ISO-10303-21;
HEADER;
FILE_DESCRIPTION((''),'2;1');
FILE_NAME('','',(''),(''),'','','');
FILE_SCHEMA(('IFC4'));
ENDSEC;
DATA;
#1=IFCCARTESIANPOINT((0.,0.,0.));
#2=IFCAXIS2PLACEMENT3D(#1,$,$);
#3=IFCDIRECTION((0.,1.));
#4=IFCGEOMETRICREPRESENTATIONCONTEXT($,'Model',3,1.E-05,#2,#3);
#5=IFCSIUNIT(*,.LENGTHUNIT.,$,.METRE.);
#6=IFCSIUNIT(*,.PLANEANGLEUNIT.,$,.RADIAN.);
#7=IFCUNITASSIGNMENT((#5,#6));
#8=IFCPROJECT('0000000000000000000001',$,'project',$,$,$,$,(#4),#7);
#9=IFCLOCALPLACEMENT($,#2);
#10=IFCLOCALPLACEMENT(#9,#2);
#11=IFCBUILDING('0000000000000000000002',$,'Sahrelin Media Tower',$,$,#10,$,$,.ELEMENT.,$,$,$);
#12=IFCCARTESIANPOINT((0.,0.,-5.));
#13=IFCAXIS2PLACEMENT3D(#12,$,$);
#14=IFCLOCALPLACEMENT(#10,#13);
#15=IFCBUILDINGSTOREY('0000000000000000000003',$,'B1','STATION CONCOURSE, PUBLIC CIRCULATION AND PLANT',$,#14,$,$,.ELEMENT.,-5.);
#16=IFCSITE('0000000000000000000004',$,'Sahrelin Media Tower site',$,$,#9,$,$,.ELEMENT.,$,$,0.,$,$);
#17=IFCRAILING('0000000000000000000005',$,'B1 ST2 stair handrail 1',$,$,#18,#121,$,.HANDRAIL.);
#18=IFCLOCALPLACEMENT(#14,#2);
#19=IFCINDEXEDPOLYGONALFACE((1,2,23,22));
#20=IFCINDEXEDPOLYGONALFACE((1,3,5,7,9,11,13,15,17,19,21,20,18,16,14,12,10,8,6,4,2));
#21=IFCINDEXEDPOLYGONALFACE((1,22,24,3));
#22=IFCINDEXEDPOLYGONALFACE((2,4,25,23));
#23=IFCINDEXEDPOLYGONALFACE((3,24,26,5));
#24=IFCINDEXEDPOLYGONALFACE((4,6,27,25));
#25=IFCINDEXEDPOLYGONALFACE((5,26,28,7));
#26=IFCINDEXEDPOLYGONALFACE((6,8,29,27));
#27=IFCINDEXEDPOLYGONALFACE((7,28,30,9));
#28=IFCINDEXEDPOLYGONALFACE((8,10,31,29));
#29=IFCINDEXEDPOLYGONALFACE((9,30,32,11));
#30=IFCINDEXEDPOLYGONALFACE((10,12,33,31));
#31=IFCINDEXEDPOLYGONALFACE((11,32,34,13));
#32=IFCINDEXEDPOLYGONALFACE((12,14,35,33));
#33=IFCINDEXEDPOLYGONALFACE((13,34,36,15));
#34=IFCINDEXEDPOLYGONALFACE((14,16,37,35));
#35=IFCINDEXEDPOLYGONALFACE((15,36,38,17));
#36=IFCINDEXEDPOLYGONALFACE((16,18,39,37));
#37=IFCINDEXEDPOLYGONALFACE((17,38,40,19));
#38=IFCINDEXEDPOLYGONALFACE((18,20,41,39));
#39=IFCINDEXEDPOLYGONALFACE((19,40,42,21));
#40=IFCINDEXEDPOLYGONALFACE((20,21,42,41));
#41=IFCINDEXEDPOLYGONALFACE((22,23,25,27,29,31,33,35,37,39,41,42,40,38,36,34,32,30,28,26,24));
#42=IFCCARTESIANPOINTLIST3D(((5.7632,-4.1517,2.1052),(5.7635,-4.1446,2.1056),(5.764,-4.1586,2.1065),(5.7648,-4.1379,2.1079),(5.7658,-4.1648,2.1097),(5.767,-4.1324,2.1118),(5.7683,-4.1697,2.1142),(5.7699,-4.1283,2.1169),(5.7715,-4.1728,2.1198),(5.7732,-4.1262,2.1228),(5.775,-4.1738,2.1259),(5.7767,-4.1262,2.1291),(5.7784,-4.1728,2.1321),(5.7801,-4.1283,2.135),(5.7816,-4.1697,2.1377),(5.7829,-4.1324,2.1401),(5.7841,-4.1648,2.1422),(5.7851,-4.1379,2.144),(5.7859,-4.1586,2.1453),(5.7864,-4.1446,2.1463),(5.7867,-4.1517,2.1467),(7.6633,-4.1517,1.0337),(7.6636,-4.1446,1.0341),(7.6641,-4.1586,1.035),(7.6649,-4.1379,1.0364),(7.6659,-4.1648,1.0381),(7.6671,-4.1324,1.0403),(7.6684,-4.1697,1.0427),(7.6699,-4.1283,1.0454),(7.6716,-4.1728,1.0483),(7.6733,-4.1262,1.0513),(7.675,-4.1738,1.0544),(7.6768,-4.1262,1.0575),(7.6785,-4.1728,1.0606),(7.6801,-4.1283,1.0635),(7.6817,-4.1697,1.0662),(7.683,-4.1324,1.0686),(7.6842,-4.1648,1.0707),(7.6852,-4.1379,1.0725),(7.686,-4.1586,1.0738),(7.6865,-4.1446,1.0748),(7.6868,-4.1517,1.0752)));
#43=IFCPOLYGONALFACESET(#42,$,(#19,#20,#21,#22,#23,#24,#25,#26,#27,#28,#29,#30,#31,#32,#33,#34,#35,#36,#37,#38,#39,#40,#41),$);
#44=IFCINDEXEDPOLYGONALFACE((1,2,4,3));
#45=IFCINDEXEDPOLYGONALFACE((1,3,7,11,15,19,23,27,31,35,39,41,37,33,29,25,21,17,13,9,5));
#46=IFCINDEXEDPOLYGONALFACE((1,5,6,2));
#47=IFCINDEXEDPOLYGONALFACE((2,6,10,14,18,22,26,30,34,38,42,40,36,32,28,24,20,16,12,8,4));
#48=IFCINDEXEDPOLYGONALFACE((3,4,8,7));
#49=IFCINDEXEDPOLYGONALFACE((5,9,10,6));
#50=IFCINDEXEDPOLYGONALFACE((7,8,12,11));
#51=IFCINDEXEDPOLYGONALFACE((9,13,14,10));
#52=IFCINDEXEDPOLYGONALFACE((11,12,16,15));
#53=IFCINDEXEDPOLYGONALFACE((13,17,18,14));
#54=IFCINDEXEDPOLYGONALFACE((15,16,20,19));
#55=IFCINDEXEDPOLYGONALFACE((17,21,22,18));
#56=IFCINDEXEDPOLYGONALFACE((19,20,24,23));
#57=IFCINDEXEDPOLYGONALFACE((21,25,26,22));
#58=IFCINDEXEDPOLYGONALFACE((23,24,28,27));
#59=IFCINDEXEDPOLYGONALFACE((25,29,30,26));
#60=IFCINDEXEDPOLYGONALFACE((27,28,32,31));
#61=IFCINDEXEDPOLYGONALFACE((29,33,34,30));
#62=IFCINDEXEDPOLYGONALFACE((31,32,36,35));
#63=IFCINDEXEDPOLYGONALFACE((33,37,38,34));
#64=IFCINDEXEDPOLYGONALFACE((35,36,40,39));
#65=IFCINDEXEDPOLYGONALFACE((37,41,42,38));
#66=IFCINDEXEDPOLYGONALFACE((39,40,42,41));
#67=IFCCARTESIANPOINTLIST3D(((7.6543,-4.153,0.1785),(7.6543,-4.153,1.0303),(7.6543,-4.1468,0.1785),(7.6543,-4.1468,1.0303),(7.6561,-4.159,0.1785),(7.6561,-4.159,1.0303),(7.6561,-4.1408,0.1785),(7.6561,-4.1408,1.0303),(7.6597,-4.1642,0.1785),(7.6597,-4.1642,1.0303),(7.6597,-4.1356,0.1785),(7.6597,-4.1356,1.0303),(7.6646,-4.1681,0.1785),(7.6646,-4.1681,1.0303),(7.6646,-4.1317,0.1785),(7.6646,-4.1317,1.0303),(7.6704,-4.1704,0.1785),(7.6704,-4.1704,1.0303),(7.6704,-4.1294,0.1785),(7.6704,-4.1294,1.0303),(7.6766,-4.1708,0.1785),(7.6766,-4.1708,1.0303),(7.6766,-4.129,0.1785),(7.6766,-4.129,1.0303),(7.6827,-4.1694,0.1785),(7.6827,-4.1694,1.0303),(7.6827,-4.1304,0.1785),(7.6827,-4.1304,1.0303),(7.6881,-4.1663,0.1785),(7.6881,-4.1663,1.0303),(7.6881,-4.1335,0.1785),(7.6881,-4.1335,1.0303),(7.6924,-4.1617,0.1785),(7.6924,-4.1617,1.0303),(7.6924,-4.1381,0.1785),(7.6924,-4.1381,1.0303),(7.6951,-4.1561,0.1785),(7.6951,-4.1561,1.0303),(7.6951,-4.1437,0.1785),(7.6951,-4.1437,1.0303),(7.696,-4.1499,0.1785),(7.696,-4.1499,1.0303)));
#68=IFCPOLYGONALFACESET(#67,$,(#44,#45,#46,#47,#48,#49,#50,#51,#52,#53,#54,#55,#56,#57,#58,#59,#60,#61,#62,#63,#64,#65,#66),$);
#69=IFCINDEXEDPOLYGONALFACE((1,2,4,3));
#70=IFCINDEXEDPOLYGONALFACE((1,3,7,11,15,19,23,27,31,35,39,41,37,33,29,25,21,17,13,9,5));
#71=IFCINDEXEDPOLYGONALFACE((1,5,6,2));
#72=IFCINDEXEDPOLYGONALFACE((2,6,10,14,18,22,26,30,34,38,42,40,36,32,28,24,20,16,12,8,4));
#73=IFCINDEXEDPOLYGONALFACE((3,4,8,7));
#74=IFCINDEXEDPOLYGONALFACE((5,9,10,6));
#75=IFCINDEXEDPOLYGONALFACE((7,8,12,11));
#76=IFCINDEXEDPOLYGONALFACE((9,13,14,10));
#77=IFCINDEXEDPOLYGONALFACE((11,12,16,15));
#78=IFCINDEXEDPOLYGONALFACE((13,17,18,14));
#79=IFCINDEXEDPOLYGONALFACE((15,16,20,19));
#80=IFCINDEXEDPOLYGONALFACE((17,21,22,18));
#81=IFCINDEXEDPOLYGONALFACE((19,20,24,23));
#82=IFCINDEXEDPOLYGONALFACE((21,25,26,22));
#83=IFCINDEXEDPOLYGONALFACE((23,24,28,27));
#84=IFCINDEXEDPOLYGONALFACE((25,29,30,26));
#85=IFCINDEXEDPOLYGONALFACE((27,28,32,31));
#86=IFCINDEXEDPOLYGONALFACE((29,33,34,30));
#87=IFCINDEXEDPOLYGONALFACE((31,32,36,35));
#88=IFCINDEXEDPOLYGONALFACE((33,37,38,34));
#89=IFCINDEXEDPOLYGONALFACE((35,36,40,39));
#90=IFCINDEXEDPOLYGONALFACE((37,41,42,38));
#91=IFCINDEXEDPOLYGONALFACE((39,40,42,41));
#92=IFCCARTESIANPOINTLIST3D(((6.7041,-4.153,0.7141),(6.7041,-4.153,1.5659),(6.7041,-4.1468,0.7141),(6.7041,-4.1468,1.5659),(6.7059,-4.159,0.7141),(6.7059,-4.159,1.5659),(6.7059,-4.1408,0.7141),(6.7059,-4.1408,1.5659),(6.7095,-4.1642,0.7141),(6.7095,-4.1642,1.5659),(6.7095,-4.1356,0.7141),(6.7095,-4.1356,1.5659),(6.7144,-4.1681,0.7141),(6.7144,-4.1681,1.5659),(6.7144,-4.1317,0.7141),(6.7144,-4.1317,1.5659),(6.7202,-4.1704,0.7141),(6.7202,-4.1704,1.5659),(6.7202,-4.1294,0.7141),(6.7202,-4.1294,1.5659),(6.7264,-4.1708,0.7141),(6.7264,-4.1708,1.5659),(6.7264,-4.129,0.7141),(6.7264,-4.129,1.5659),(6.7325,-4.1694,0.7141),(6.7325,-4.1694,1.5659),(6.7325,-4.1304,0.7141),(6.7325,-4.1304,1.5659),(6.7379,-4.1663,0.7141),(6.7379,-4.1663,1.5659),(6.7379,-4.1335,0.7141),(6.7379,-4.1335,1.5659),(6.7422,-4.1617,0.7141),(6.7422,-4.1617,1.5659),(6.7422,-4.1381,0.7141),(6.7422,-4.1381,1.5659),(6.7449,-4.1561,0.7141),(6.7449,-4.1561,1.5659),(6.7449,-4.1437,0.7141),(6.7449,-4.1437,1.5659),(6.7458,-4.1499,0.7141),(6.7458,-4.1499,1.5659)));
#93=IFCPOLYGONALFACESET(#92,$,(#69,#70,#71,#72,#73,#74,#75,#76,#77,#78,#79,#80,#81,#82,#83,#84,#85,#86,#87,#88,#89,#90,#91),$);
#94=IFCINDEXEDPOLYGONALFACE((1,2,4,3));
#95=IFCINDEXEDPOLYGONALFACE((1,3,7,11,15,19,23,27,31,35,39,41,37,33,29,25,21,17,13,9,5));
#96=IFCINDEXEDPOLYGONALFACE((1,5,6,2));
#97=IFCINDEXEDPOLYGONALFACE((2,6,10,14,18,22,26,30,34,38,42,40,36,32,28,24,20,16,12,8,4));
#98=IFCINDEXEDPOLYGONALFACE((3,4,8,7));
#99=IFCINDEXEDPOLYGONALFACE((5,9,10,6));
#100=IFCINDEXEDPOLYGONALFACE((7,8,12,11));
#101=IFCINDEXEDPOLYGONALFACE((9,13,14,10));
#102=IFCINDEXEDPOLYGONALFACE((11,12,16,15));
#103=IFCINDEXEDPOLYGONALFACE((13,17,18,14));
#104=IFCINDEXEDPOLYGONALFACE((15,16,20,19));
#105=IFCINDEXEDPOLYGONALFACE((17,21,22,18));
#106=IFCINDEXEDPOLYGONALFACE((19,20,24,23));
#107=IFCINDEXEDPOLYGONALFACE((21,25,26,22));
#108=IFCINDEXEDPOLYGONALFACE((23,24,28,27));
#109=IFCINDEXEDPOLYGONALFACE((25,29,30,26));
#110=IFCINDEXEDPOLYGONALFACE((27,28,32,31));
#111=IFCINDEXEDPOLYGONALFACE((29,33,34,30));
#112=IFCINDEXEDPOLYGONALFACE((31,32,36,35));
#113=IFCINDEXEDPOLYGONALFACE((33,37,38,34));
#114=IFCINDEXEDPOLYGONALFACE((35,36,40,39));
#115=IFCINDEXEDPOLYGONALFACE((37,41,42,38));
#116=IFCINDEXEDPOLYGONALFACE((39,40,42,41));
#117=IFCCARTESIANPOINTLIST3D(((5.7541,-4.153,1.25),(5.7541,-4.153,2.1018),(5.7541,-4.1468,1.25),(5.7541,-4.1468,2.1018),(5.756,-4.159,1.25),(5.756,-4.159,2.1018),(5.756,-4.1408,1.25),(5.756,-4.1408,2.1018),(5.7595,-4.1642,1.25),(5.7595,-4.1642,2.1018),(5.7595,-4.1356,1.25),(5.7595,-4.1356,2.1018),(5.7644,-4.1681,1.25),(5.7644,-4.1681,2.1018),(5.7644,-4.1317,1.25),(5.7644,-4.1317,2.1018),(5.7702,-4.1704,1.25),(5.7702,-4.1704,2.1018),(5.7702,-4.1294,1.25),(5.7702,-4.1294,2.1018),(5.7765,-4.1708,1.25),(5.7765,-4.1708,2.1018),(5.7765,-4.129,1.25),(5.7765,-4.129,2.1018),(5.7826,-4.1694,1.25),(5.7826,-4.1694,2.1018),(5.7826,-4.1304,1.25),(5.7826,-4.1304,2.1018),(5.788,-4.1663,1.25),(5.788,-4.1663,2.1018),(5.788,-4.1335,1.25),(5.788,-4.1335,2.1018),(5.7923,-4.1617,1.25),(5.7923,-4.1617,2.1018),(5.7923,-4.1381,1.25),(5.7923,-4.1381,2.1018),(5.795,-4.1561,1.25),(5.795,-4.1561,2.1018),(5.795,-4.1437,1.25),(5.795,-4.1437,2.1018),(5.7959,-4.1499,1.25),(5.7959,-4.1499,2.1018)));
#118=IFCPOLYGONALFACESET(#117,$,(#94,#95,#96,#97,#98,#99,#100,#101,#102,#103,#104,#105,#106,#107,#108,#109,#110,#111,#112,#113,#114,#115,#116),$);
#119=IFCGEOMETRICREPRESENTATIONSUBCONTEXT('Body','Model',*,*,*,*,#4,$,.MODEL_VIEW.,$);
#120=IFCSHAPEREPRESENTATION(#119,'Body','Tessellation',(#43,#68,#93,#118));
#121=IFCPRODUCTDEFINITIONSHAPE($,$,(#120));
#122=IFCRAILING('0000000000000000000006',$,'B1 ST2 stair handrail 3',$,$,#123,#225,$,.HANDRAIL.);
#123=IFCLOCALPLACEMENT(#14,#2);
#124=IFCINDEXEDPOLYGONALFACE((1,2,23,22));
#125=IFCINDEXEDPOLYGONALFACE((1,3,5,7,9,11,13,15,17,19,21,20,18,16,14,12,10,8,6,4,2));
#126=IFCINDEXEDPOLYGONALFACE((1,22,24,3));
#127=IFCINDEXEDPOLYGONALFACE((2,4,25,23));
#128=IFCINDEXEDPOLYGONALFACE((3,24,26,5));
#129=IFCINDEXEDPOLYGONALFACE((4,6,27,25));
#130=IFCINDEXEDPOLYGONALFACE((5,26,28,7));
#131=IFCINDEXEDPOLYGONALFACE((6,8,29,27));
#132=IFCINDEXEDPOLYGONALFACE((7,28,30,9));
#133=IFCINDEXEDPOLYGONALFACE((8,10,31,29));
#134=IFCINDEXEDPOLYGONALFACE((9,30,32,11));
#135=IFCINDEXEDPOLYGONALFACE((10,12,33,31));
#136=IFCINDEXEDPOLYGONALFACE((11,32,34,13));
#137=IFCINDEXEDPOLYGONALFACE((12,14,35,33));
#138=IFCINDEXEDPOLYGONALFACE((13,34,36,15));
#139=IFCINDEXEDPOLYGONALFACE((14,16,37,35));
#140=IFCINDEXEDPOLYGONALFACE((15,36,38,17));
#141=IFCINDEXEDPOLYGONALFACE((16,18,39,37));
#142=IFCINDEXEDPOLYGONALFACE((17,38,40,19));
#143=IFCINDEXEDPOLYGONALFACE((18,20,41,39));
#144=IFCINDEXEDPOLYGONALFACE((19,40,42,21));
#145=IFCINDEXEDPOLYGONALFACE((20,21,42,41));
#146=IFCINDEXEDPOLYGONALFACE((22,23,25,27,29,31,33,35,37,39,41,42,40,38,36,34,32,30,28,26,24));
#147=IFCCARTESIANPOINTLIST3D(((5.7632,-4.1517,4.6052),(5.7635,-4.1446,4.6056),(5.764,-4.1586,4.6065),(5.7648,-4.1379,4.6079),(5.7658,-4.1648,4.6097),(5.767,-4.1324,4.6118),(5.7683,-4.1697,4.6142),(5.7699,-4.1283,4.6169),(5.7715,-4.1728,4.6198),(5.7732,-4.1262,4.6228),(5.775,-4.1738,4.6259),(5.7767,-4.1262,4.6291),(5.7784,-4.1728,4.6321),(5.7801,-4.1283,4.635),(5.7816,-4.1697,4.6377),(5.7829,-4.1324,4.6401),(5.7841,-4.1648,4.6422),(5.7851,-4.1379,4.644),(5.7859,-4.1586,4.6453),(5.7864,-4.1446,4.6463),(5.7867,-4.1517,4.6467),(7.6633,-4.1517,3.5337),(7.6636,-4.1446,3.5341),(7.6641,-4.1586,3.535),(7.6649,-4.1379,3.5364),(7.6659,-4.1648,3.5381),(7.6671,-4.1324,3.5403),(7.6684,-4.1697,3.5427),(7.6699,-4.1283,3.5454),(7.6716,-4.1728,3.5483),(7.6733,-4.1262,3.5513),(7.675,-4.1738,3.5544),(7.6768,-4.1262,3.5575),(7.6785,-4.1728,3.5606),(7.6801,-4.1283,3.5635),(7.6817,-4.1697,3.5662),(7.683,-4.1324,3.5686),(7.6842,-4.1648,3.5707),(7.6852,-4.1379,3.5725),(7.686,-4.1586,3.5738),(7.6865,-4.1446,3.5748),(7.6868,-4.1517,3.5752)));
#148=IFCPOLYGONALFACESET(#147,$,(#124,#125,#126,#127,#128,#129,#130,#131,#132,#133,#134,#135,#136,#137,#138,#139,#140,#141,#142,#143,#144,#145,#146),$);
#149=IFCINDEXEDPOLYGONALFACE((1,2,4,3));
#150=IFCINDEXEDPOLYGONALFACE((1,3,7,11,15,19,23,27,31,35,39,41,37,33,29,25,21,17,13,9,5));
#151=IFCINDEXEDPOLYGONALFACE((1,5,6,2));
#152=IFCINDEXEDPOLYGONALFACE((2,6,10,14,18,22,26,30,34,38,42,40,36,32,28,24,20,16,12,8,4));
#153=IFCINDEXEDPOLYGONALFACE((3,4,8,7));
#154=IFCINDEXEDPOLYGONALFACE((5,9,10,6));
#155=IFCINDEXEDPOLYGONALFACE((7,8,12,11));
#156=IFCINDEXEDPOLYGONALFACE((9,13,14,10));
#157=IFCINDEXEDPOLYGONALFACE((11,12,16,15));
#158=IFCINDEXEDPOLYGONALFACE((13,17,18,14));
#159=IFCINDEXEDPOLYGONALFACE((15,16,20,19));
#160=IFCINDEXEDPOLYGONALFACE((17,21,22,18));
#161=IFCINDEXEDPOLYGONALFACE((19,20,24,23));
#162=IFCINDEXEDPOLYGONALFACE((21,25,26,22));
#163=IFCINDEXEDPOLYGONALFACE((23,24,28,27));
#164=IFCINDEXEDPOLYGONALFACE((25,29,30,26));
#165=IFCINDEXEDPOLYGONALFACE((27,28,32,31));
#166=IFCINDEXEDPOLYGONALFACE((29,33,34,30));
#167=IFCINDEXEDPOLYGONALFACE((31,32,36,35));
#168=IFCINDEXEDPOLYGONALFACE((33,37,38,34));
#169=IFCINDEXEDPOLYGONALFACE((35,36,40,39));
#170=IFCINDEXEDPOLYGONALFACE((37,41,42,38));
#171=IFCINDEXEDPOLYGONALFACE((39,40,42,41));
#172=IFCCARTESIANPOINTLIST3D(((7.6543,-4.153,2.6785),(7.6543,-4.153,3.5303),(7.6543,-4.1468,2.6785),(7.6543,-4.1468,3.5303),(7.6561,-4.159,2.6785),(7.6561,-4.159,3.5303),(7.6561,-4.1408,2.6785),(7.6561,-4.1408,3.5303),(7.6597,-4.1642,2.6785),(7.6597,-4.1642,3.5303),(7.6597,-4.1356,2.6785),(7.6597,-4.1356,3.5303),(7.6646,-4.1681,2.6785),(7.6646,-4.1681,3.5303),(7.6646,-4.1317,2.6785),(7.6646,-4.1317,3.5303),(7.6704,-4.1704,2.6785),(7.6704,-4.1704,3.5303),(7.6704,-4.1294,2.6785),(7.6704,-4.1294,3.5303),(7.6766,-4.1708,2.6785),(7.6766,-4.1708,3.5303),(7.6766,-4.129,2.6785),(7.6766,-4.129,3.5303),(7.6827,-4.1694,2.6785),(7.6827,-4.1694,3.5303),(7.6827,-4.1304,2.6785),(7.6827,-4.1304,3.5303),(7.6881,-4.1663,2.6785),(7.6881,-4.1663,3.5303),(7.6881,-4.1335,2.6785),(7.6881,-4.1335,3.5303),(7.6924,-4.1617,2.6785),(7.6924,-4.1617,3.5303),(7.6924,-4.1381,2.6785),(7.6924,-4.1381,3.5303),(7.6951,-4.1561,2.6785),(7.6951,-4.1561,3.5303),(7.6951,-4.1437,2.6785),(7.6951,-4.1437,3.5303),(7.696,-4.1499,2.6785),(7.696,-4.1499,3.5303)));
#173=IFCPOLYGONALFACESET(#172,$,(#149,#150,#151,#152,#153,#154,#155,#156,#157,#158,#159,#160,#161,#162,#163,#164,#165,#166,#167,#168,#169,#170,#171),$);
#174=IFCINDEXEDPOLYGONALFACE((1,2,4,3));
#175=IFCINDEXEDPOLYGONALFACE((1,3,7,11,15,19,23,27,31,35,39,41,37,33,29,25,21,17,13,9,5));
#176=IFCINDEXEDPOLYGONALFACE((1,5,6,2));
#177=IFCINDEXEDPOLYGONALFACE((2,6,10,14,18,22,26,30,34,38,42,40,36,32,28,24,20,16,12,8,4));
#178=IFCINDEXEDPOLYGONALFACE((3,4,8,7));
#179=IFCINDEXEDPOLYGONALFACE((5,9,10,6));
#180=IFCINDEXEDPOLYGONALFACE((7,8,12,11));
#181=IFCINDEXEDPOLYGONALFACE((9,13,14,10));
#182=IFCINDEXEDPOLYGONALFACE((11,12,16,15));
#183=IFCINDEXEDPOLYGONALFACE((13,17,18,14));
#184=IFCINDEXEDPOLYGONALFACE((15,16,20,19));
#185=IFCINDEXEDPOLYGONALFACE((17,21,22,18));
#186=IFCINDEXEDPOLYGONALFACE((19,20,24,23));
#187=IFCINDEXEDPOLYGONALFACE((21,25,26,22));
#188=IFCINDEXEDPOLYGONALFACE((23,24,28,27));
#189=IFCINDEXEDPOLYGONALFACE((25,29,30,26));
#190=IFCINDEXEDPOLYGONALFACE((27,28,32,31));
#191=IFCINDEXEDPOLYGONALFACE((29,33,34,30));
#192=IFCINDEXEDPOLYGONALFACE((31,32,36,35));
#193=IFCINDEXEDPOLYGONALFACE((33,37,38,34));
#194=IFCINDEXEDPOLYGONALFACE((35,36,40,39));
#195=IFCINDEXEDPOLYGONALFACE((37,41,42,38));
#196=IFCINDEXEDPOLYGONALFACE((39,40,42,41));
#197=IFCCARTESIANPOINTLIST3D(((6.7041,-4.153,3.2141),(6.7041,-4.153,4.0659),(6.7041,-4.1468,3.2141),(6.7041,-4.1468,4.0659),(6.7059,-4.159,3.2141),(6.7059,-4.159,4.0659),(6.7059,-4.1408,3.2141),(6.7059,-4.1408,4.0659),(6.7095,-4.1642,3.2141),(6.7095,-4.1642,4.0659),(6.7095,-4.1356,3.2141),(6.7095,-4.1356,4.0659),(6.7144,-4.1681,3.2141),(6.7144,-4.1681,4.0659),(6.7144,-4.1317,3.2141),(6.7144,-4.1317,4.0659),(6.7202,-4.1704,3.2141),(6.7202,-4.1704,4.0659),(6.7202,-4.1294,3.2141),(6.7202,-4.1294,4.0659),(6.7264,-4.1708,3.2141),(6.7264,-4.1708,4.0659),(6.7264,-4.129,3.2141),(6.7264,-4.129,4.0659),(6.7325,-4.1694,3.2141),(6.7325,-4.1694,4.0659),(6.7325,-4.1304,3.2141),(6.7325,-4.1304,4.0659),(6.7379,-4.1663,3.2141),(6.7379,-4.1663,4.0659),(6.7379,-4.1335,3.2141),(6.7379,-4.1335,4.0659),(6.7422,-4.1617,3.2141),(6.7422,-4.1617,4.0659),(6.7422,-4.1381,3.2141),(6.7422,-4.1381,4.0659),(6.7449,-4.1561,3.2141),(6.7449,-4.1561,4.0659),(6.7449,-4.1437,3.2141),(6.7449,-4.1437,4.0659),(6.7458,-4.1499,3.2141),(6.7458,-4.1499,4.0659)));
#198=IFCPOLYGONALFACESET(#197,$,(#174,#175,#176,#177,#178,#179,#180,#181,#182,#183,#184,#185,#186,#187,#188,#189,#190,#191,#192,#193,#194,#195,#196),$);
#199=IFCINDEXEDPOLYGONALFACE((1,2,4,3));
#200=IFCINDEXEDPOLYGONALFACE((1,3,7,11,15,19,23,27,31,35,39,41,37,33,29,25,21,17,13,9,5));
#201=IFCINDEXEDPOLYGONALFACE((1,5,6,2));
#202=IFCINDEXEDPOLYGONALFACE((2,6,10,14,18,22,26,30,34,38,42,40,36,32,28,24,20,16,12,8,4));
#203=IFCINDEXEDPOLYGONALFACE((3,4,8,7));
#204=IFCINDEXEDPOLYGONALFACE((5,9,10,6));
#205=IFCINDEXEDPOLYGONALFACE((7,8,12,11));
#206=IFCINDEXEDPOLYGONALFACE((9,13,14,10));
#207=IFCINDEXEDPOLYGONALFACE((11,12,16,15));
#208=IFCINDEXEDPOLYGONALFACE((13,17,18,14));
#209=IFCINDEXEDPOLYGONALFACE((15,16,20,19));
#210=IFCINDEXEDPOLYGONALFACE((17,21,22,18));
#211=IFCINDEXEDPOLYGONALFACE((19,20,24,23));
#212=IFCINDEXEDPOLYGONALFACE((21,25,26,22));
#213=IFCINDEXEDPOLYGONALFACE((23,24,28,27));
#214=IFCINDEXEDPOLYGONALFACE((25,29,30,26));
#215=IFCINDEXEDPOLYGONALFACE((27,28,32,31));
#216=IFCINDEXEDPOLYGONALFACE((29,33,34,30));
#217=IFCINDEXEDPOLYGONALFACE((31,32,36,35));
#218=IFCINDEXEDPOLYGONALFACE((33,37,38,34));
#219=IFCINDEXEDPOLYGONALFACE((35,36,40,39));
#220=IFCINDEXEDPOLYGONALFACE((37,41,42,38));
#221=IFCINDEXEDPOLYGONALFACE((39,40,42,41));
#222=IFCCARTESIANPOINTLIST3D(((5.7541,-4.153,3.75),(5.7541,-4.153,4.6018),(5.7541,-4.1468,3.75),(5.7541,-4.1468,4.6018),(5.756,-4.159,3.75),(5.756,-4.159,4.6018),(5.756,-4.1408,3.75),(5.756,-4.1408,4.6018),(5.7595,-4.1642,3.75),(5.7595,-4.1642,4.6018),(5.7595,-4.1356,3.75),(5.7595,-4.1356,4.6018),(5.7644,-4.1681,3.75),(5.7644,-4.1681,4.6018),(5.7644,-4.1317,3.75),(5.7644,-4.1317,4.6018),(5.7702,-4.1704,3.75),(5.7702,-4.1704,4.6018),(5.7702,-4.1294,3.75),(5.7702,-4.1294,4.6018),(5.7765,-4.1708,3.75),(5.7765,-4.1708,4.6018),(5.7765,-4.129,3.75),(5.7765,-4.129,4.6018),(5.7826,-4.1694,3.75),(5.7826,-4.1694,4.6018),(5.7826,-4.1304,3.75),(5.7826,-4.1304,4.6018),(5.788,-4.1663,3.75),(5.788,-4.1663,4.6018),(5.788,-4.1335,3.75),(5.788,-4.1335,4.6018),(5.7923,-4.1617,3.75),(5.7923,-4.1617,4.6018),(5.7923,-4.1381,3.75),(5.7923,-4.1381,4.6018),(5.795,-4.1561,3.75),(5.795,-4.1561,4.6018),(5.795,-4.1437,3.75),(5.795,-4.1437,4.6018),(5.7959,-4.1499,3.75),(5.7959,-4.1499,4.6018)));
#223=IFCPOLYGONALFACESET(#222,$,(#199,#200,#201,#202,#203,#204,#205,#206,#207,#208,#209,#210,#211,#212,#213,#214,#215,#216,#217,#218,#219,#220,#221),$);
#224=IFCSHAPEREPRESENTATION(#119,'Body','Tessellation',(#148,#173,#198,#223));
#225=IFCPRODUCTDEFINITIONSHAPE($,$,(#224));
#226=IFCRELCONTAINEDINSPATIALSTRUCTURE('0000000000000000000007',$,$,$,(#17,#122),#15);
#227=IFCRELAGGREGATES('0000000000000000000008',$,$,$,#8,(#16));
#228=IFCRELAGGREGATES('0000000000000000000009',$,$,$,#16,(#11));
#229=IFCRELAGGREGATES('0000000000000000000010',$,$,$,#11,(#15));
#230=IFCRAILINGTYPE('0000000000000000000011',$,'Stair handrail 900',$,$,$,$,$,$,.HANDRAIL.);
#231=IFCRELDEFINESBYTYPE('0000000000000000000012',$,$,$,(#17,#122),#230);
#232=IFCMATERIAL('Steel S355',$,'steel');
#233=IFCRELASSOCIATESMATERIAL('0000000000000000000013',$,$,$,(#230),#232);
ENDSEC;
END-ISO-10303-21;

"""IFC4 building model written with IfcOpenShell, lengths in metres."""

from ifc_helpers import new_model, si_unit, direction, frame, origin, origin_2d, place, context, subcontext, project, spatial, circle, extrude, material, type_object, element, save


model = new_model("IFC4")

# Units and contexts
model_context = context("Model", 3, precision=1e-05, world=origin(), true_north=direction((0.0, 1.0)))
body_context = subcontext(model_context, "Body", "Model", "MODEL_VIEW")
ifc_project = project(units=[si_unit("LENGTHUNIT", "METRE"), si_unit("PLANEANGLEUNIT", "RADIAN")], contexts=[model_context])

# Site, building, storey
site_placement = place(None, origin())
site = spatial("IfcSite", under=ifc_project, at=site_placement, Name="Sahrelin Media Tower site", CompositionType="ELEMENT", RefElevation=0.0)
building_placement = place(site_placement, origin())
building = spatial("IfcBuilding", under=site, at=building_placement, Name="Sahrelin Media Tower", CompositionType="ELEMENT")
storey_placement = place(building_placement, frame((0.0, 0.0, -5.0)))
storey = spatial("IfcBuildingStorey", under=building, at=storey_placement, Name="B1", Description="STATION CONCOURSE, PUBLIC CIRCULATION AND PLANT", CompositionType="ELEMENT", Elevation=-5.0)

# Railings
ifc_material_1 = material(Name="Steel S355", Category="steel")
railing_type_1 = type_object("IfcRailingType", Name="Stair handrail 900", PredefinedType="HANDRAIL", material=ifc_material_1)
for number, where, name in (
    (1, (7.675, -4.1499, 0.1785), "B1 ST2 stair handrail 1"),
    (2, (7.675, -4.1499, 2.6785), "B1 ST2 stair handrail 3"),
):
    element("IfcRailing", number, at=place(storey_placement, frame(where)), inside=storey, type_object=railing_type_1, Name=name, PredefinedType="HANDRAIL", context=body_context, shape_type="SweptSolid", body=[
        extrude(circle(Radius=0.0239, at=origin_2d()), frame((0.0, 0.0, 0.876), z_axis=(-0.871046, 0.0, 0.491201), x_axis=(0.0, -1.0, 0.0)), (0.0, 0.0, 1.0), 2.1814),
        extrude(circle(Radius=0.021, at=origin_2d()), origin(), (0.0, 0.0, 1.0), 0.8518),
        extrude(circle(Radius=0.021, at=origin_2d()), frame((-0.9502, 0.0, 0.5356)), (0.0, 0.0, 1.0), 0.8518),
        extrude(circle(Radius=0.021, at=origin_2d()), frame((-1.9001, 0.0, 1.0715)), (0.0, 0.0, 1.0), 0.8518),
    ])

save(model, "model.ifc")
